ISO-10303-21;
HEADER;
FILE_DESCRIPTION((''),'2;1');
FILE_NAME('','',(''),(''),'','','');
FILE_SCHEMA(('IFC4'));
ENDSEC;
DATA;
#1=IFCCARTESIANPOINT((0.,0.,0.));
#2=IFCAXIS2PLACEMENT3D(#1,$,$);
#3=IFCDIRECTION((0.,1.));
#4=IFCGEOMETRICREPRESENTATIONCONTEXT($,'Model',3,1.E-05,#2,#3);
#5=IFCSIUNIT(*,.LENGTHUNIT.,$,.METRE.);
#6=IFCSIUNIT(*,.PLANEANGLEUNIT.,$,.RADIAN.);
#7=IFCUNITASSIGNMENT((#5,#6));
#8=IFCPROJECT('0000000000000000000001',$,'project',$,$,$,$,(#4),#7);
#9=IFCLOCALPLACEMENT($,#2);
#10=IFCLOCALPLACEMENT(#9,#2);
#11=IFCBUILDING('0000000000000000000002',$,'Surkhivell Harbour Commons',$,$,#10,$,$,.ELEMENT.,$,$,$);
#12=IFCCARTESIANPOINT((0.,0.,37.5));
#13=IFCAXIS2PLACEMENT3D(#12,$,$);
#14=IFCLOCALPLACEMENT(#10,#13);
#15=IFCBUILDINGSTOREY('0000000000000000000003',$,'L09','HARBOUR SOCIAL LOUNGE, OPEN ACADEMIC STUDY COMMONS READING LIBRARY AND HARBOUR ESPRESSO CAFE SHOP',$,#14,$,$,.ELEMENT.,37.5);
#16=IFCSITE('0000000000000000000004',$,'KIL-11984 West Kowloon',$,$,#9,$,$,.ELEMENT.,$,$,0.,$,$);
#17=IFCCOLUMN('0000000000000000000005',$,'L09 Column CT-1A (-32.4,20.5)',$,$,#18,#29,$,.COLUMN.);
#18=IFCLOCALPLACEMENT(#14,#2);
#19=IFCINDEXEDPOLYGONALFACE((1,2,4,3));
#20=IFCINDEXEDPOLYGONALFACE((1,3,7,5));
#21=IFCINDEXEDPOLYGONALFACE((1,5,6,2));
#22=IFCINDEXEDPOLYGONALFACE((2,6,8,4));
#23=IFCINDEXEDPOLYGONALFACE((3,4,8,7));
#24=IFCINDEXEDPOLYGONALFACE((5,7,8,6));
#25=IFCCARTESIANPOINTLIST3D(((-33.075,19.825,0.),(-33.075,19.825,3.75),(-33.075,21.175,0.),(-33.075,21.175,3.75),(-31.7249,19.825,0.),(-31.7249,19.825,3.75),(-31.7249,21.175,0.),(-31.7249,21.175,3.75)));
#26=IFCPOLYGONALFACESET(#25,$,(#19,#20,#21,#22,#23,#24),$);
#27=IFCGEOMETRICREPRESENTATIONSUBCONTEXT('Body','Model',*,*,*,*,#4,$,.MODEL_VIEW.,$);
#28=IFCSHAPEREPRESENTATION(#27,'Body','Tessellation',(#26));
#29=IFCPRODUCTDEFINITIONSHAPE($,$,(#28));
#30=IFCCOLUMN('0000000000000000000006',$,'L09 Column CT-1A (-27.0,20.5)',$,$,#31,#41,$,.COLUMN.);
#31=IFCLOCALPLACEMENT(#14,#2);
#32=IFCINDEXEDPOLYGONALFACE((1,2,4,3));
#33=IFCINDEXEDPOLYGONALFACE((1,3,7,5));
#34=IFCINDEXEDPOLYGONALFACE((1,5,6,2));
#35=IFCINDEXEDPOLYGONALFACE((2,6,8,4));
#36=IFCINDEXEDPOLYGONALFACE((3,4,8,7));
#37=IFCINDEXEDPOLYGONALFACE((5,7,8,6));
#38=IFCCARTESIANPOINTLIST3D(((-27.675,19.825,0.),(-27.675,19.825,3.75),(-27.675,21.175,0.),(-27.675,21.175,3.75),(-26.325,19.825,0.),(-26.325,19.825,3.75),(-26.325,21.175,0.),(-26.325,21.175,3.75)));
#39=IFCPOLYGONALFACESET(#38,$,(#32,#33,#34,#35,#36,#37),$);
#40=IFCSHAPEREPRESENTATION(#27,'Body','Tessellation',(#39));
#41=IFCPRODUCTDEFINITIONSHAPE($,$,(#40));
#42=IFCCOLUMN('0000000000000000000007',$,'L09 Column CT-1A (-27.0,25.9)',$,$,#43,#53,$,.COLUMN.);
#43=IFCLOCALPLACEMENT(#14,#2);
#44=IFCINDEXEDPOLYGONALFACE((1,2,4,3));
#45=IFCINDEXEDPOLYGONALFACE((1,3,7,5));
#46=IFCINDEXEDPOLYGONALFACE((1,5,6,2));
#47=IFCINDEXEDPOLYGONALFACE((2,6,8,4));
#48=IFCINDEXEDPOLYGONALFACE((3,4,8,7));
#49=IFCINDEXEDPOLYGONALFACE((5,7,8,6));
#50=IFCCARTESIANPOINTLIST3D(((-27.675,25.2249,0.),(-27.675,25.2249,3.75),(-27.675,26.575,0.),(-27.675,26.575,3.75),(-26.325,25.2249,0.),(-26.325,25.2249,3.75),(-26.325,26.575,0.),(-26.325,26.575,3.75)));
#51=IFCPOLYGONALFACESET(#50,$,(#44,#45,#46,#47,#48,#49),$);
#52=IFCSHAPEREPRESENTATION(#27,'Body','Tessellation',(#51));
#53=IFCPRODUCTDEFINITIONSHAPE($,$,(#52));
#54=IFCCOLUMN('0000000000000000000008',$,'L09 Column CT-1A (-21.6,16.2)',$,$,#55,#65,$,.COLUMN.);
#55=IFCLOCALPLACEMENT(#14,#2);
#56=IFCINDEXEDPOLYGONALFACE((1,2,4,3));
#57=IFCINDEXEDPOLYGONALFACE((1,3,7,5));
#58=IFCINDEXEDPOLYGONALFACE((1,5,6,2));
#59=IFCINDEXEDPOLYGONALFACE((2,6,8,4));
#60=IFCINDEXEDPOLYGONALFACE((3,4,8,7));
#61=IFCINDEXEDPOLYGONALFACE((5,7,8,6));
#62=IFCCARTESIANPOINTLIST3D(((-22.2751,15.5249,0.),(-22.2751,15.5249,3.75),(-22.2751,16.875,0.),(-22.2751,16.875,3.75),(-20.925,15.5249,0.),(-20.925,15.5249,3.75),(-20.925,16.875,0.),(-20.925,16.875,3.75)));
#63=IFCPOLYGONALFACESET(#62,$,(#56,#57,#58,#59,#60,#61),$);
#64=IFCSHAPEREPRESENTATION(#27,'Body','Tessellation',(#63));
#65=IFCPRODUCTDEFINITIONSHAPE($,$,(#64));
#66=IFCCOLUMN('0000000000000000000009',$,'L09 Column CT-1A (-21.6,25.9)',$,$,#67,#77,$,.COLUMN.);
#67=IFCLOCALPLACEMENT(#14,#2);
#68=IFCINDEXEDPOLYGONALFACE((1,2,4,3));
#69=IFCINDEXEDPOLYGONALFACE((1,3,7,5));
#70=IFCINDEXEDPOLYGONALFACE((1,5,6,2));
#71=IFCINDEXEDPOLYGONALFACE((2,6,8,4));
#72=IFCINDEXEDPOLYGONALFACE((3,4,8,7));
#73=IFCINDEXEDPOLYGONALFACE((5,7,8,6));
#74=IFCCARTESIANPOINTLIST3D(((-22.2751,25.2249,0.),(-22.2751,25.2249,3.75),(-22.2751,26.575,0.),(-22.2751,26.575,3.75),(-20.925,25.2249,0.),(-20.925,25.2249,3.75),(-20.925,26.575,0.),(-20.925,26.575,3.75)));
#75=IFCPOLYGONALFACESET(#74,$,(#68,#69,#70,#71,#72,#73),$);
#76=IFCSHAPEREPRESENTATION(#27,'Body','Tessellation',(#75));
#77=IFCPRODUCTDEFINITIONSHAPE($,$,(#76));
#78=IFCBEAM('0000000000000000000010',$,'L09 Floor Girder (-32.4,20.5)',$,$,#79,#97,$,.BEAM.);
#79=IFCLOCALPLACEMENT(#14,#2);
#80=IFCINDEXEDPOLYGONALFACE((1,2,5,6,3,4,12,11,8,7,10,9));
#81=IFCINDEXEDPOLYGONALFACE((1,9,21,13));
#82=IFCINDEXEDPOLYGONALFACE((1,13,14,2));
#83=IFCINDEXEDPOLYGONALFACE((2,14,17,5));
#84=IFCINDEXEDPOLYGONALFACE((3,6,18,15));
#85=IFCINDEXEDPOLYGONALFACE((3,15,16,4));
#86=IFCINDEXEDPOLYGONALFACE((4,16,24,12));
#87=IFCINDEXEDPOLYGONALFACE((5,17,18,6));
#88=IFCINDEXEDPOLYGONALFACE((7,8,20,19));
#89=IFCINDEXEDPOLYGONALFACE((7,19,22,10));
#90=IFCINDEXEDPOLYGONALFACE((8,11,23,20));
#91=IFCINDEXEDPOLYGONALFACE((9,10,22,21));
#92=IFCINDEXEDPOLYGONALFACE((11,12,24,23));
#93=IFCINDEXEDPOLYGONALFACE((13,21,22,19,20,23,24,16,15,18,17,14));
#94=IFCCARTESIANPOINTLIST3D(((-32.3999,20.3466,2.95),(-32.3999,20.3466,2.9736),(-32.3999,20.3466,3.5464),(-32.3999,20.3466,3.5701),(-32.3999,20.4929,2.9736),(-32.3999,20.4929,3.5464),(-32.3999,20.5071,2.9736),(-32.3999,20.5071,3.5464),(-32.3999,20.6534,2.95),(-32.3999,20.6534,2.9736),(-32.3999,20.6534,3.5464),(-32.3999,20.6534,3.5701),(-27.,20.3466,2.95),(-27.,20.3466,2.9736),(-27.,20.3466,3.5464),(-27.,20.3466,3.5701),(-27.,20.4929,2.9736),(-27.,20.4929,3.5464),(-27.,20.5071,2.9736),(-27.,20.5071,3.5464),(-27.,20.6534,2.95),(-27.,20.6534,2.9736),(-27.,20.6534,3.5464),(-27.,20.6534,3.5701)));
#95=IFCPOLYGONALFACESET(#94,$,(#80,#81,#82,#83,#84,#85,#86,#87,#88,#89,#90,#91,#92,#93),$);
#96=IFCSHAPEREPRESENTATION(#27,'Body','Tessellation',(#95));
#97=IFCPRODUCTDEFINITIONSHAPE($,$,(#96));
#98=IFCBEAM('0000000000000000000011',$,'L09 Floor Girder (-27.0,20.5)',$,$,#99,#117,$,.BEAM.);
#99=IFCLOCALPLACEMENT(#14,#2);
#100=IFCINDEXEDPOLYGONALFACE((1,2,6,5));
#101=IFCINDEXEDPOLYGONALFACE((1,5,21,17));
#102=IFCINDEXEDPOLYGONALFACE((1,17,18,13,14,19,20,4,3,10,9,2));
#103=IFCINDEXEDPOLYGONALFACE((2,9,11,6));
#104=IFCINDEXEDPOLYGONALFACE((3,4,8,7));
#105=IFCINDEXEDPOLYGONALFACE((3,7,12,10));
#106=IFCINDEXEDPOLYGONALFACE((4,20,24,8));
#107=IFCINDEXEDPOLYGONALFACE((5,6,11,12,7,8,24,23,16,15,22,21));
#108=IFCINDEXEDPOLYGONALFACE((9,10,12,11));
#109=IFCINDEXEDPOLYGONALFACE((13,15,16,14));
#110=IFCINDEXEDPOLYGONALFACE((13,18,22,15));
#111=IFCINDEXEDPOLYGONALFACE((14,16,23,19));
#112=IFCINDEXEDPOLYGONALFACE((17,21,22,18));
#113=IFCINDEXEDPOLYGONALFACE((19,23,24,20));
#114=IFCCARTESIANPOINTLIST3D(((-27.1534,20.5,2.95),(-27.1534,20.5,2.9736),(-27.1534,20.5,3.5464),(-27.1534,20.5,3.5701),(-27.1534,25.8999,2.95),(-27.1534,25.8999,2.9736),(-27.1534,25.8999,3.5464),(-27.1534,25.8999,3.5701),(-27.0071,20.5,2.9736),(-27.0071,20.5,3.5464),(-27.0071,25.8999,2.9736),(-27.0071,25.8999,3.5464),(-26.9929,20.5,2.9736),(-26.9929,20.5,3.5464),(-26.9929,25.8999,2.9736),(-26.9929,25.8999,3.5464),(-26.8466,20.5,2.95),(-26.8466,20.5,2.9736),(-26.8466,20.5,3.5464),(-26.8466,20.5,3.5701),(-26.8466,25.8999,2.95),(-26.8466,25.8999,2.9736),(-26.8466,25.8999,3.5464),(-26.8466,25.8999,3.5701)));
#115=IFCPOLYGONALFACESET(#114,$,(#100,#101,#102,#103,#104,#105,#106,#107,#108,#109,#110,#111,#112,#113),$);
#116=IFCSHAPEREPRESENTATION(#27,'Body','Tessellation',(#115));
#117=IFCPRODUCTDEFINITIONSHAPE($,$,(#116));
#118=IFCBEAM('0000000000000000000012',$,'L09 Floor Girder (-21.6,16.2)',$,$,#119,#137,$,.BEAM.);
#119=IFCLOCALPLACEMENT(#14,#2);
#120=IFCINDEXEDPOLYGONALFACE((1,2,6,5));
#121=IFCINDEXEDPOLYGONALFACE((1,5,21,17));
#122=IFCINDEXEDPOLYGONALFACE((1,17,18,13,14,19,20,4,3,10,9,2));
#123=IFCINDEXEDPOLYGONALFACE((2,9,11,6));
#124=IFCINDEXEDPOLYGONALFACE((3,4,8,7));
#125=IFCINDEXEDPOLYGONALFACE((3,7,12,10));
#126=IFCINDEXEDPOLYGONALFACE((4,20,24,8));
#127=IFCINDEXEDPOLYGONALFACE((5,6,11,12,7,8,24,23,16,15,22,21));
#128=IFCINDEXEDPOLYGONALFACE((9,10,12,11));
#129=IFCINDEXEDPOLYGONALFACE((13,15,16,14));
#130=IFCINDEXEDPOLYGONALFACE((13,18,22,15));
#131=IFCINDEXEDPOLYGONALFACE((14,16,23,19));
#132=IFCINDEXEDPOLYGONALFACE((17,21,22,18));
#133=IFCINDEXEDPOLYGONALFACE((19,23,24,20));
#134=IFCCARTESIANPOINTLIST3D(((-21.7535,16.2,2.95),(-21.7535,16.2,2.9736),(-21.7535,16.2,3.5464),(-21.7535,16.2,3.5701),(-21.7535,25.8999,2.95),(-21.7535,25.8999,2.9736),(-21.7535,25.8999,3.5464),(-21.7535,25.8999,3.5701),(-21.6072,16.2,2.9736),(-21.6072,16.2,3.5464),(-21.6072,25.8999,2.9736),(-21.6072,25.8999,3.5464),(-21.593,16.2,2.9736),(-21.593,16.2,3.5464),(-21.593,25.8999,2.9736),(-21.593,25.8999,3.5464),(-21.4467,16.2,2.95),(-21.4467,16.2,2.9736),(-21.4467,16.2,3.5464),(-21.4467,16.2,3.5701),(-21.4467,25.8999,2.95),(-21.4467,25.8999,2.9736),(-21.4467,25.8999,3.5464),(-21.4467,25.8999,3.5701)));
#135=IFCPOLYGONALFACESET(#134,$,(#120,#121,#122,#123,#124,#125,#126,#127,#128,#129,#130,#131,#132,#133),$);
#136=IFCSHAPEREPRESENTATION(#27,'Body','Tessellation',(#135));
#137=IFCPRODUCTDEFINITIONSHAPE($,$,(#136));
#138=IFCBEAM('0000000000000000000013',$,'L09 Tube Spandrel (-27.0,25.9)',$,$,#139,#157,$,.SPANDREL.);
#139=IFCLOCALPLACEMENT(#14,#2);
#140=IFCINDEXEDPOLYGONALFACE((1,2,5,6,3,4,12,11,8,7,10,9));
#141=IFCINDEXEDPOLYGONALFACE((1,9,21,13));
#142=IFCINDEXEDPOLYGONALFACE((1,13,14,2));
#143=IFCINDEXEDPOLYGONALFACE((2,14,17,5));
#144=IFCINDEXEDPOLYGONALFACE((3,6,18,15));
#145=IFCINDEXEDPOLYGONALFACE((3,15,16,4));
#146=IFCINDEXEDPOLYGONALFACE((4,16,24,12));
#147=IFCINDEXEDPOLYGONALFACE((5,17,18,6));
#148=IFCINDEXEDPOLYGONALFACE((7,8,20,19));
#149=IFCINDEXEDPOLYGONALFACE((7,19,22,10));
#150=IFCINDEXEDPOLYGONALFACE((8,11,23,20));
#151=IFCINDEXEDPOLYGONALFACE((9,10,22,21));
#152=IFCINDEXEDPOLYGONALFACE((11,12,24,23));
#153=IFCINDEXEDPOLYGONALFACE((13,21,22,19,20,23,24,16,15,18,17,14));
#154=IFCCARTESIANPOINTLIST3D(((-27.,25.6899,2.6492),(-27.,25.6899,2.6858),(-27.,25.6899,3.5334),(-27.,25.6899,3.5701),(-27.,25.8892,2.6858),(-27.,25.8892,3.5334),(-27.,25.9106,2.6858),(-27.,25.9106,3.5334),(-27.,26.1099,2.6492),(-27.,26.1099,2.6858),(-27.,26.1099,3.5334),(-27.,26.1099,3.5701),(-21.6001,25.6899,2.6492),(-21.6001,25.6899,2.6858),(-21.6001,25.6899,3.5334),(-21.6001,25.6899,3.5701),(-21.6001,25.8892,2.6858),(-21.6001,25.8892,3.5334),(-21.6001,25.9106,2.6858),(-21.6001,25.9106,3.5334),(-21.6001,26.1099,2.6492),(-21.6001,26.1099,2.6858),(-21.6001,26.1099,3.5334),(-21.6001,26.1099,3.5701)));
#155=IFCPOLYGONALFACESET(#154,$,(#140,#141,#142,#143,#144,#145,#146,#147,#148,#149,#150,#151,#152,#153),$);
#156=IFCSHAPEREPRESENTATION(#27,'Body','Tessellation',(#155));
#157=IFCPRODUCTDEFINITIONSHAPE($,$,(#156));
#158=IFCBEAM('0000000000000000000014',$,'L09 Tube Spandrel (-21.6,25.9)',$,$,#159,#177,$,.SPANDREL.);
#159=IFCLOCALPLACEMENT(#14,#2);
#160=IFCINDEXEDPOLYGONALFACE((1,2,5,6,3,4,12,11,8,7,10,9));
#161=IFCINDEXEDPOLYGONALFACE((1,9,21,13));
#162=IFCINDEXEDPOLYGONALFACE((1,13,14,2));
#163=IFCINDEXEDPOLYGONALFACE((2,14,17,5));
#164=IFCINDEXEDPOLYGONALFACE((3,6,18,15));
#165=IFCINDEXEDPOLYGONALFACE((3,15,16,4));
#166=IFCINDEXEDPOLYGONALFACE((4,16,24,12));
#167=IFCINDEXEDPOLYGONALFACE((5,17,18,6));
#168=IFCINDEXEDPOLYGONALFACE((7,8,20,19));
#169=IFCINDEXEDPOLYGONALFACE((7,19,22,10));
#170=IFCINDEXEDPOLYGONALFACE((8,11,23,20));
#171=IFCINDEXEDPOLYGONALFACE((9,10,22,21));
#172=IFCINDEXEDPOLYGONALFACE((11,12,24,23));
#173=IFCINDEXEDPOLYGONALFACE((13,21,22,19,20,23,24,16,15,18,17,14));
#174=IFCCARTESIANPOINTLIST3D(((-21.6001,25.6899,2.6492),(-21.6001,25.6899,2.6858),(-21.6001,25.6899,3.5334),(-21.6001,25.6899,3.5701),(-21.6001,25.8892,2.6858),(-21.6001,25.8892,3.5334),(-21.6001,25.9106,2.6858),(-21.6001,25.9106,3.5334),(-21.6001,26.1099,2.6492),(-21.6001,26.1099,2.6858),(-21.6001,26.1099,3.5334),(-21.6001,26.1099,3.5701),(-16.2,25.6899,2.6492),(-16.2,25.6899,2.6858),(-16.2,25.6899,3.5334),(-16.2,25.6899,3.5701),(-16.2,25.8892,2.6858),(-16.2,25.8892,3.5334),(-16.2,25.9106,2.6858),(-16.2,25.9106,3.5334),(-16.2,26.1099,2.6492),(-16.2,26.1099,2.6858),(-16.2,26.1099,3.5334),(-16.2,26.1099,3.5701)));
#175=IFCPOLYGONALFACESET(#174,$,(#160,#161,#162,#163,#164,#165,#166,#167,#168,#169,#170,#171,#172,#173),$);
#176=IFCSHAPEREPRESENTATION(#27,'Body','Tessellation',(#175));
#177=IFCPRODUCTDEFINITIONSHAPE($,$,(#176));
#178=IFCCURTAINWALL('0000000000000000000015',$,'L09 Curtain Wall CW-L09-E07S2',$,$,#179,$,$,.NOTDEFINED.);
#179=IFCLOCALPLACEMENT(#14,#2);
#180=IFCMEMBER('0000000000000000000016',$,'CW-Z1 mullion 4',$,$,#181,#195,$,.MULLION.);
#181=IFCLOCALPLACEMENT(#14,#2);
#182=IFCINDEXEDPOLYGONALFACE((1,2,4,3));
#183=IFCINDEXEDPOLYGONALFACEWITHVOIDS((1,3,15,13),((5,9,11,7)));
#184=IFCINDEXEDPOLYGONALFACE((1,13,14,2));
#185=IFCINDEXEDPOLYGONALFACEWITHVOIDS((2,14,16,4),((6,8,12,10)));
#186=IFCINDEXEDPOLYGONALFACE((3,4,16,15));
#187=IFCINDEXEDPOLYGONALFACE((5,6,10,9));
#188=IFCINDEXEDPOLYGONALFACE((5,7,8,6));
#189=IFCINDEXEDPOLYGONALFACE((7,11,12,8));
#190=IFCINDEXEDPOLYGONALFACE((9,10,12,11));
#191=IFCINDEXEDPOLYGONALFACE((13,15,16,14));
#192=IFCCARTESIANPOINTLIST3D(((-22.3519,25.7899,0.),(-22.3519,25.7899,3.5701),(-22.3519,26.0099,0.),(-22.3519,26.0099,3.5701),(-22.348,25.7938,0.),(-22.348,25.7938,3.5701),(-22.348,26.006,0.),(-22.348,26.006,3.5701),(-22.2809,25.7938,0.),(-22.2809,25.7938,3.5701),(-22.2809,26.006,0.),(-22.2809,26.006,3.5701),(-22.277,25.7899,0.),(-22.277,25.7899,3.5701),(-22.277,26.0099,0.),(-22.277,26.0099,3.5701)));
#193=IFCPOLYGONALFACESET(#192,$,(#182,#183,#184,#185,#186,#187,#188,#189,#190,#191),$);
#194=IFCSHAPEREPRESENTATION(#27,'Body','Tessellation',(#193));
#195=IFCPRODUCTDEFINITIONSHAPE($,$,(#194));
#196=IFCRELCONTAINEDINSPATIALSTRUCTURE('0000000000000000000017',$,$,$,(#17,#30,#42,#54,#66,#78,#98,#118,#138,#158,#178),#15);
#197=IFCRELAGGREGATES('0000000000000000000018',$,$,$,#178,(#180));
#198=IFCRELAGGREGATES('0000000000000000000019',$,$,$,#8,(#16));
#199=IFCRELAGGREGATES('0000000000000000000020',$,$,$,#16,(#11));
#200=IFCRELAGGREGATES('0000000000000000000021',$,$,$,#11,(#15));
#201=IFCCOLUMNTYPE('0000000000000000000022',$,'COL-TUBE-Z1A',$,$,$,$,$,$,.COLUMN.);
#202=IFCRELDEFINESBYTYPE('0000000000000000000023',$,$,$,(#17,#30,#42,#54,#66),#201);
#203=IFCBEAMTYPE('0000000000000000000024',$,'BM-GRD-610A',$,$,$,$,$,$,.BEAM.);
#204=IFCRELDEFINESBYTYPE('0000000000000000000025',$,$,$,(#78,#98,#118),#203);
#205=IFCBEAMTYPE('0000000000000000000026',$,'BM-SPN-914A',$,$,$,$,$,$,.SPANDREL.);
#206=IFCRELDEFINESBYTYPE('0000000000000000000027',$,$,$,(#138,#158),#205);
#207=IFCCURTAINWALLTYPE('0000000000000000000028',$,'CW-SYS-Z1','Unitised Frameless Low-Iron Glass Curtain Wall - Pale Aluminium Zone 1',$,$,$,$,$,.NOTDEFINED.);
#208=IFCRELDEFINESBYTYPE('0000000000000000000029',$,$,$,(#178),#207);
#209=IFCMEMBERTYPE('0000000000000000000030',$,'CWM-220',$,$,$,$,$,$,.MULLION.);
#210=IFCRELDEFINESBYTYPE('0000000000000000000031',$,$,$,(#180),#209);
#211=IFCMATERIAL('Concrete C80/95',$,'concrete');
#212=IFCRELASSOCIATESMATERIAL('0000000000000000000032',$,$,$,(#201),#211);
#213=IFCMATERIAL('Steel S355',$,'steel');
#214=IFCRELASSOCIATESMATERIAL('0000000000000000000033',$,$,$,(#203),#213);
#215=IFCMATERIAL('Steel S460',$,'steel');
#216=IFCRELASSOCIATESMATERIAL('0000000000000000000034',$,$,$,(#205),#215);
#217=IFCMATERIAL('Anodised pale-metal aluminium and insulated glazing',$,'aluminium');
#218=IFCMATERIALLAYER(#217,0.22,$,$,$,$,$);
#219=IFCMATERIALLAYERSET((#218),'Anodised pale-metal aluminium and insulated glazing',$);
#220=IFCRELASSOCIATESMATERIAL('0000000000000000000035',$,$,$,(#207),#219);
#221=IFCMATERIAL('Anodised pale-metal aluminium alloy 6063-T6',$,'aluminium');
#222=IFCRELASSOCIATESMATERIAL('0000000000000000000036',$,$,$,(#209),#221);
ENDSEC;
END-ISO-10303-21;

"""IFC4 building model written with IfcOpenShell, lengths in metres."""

from ifc_helpers import new_model, si_unit, direction, frame, origin, origin_2d, place, context, subcontext, project, spatial, rectangle, hollow_rectangle, i_section, extrude, material, layer, layer_set, material_profile, profile_set, type_object, element, aggregate, save


model = new_model("IFC4")

# Units and contexts
model_context = context("Model", 3, precision=1e-05, world=origin(), true_north=direction((0.0, 1.0)))
body_context = subcontext(model_context, "Body", "Model", "MODEL_VIEW")
ifc_project = project(units=[si_unit("LENGTHUNIT", "METRE"), si_unit("PLANEANGLEUNIT", "RADIAN")], contexts=[model_context])

# Site, building, storey
site_placement = place(None, origin())
site = spatial("IfcSite", under=ifc_project, at=site_placement, Name="KIL-11984 West Kowloon", CompositionType="ELEMENT", RefElevation=0.0)
building_placement = place(site_placement, origin())
building = spatial("IfcBuilding", under=site, at=building_placement, Name="Surkhivell Harbour Commons", CompositionType="ELEMENT")
storey_placement = place(building_placement, frame((0.0, 0.0, 37.5)))
storey = spatial("IfcBuildingStorey", under=building, at=storey_placement, Name="L09", Description="HARBOUR SOCIAL LOUNGE, OPEN ACADEMIC STUDY COMMONS READING LIBRARY AND HARBOUR ESPRESSO CAFE SHOP", CompositionType="ELEMENT", Elevation=37.5)

# Columns
ifc_material_1 = material(Name="Concrete C80/95", Category="concrete")
ifc_material_profile_1 = material_profile(ifc_material_1, rectangle(XDim=1.3501, YDim=1.3501, at=origin_2d()), Name="RC-COL-1350x1350")
ifc_profile_set_1 = profile_set([ifc_material_profile_1], Name="Concrete C80/95")
column_type = type_object("IfcColumnType", Name="COL-TUBE-Z1A", PredefinedType="COLUMN", material=ifc_profile_set_1)
for number, where, z_axis, x_axis, name in (
    (1, (-32.3999, 20.5, 0.0), (0.0, 0.0, 1.0), (1.0, 0.0, 0.0), "L09 Column CT-1A (-32.4,20.5)"),
    (2, (-27.0, 20.5, 0.0), (0.0, 0.0, 1.0), (1.0, 0.0, 0.0), "L09 Column CT-1A (-27.0,20.5)"),
    (3, (-27.0, 25.8999, 0.0), (0.0, 0.0, 1.0), (1.0, 0.0, 0.0), "L09 Column CT-1A (-27.0,25.9)"),
    (4, (-21.6001, 16.2, 0.0), (0.0, 0.0, 1.0), (1.0, 0.0, 0.0), "L09 Column CT-1A (-21.6,16.2)"),
    (5, (-21.6001, 25.8999, 0.0), (0.0, 0.0, 1.0), (1.0, 0.0, 0.0), "L09 Column CT-1A (-21.6,25.9)"),
):
    element("IfcColumn", number, at=place(storey_placement, frame(where, z_axis=z_axis, x_axis=x_axis)), inside=storey, type_object=column_type, Name=name, PredefinedType="COLUMN", context=body_context, shape_type="SweptSolid", body=[
        extrude(rectangle(XDim=1.3501, YDim=1.3501, at=origin_2d()), origin(), (0.0, 0.0, 1.0), 3.75),
    ])

# Beams
ifc_material_2 = material(Name="Steel S355", Category="steel")
ifc_material_profile_2 = material_profile(ifc_material_2, i_section(OverallWidth=0.3069, OverallDepth=0.6201, WebThickness=0.0142, FlangeThickness=0.0237, at=origin_2d()), Name="UB610x305x179")
ifc_profile_set_2 = profile_set([ifc_material_profile_2], Name="Steel S355")
beam_type_1 = type_object("IfcBeamType", Name="BM-GRD-610A", PredefinedType="BEAM", material=ifc_profile_set_2)
for number, where, z_axis, x_axis, name in (
    (6, (-32.3999, 20.5, 3.26), (1.0, 0.0, 0.0), (0.0, 1.0, 0.0), "L09 Floor Girder (-32.4,20.5)"),
    (7, (-27.0, 20.5, 3.26), (0.0, 1.0, 0.0), (-1.0, 0.0, 0.0), "L09 Floor Girder (-27.0,20.5)"),
):
    element("IfcBeam", number, at=place(storey_placement, frame(where, z_axis=z_axis, x_axis=x_axis)), inside=storey, type_object=beam_type_1, Name=name, PredefinedType="BEAM", context=body_context, shape_type="SweptSolid", body=[
        extrude(i_section(OverallWidth=0.3069, OverallDepth=0.6201, WebThickness=0.0142, FlangeThickness=0.0237, at=origin_2d()), origin(), (0.0, 0.0, 1.0), 5.3999),
    ])
beam_1_placement = place(storey_placement, frame((-21.6001, 16.2, 3.26), z_axis=(0.0, 1.0, 0.0), x_axis=(-1.0, 0.0, 0.0)))
element("IfcBeam", 8, at=beam_1_placement, inside=storey, type_object=beam_type_1, Name="L09 Floor Girder (-21.6,16.2)", PredefinedType="BEAM", context=body_context, shape_type="SweptSolid", body=[
    extrude(i_section(OverallWidth=0.3069, OverallDepth=0.6201, WebThickness=0.0142, FlangeThickness=0.0237, at=origin_2d()), origin(), (0.0, 0.0, 1.0), 9.7),
])
ifc_material_3 = material(Name="Steel S460", Category="steel")
ifc_material_profile_3 = material_profile(ifc_material_3, i_section(OverallWidth=0.4199, OverallDepth=0.9209, WebThickness=0.0215, FlangeThickness=0.0366, at=origin_2d()), Name="UB914x419x388")
ifc_profile_set_3 = profile_set([ifc_material_profile_3], Name="Steel S460")
beam_type_2 = type_object("IfcBeamType", Name="BM-SPN-914A", PredefinedType="SPANDREL", material=ifc_profile_set_3)
beam_2_placement = place(storey_placement, frame((-27.0, 25.8999, 3.1096), z_axis=(1.0, 0.0, 0.0), x_axis=(0.0, 1.0, 0.0)))
element("IfcBeam", 9, at=beam_2_placement, inside=storey, type_object=beam_type_2, Name="L09 Tube Spandrel (-27.0,25.9)", PredefinedType="SPANDREL", context=body_context, shape_type="SweptSolid", body=[
    extrude(i_section(OverallWidth=0.4199, OverallDepth=0.9209, WebThickness=0.0215, FlangeThickness=0.0366, at=origin_2d()), origin(), (0.0, 0.0, 1.0), 5.3999),
])
beam_3_placement = place(storey_placement, frame((-21.6001, 25.8999, 3.1096), z_axis=(1.0, 0.0, 0.0), x_axis=(0.0, 1.0, 0.0)))
element("IfcBeam", 10, at=beam_3_placement, inside=storey, type_object=beam_type_2, Name="L09 Tube Spandrel (-21.6,25.9)", PredefinedType="SPANDREL", context=body_context, shape_type="SweptSolid", body=[
    extrude(i_section(OverallWidth=0.4199, OverallDepth=0.9209, WebThickness=0.0215, FlangeThickness=0.0366, at=origin_2d()), origin(), (0.0, 0.0, 1.0), 5.4001),
])

# Curtain wall, member
ifc_material_4 = material(Name="Anodised pale-metal aluminium and insulated glazing", Category="aluminium")
ifc_layer_1 = layer(ifc_material_4, 0.22)
ifc_layer_set_1 = layer_set([ifc_layer_1], Name="Anodised pale-metal aluminium and insulated glazing")
curtain_wall_type = type_object("IfcCurtainWallType", Name="CW-SYS-Z1", Description="Unitised Frameless Low-Iron Glass Curtain Wall - Pale Aluminium Zone 1", PredefinedType="NOTDEFINED", material=ifc_layer_set_1)
curtain_wall_1_placement = place(storey_placement, origin())
curtain_wall_1 = element("IfcCurtainWall", 11, at=curtain_wall_1_placement, inside=storey, type_object=curtain_wall_type, Name="L09 Curtain Wall CW-L09-E07S2", PredefinedType="NOTDEFINED")
ifc_material_5 = material(Name="Anodised pale-metal aluminium alloy 6063-T6", Category="aluminium")
ifc_material_profile_4 = material_profile(ifc_material_5, hollow_rectangle(XDim=0.075, YDim=0.22, WallThickness=0.0039, at=origin_2d()), Name="ALU-MULL-75x220")
ifc_profile_set_4 = profile_set([ifc_material_profile_4], Name="Anodised pale-metal aluminium alloy 6063-T6")
member_type_1 = type_object("IfcMemberType", Name="CWM-220", PredefinedType="MULLION", material=ifc_profile_set_4)
member_1_placement = place(storey_placement, frame((-22.3145, 25.8999, 0.0), z_axis=(0.0, 0.0, 1.0), x_axis=(-1.0, 0.0, 0.0)))
member_1 = element("IfcMember", 12, at=member_1_placement, type_object=member_type_1, Name="CW-Z1 mullion 4", PredefinedType="MULLION", context=body_context, shape_type="SweptSolid", body=[
    extrude(hollow_rectangle(XDim=0.075, YDim=0.22, WallThickness=0.0039, at=origin_2d()), origin(), (0.0, 0.0, 1.0), 3.5701),
])

aggregate(curtain_wall_1, [member_1])

save(model, "model.ifc")
